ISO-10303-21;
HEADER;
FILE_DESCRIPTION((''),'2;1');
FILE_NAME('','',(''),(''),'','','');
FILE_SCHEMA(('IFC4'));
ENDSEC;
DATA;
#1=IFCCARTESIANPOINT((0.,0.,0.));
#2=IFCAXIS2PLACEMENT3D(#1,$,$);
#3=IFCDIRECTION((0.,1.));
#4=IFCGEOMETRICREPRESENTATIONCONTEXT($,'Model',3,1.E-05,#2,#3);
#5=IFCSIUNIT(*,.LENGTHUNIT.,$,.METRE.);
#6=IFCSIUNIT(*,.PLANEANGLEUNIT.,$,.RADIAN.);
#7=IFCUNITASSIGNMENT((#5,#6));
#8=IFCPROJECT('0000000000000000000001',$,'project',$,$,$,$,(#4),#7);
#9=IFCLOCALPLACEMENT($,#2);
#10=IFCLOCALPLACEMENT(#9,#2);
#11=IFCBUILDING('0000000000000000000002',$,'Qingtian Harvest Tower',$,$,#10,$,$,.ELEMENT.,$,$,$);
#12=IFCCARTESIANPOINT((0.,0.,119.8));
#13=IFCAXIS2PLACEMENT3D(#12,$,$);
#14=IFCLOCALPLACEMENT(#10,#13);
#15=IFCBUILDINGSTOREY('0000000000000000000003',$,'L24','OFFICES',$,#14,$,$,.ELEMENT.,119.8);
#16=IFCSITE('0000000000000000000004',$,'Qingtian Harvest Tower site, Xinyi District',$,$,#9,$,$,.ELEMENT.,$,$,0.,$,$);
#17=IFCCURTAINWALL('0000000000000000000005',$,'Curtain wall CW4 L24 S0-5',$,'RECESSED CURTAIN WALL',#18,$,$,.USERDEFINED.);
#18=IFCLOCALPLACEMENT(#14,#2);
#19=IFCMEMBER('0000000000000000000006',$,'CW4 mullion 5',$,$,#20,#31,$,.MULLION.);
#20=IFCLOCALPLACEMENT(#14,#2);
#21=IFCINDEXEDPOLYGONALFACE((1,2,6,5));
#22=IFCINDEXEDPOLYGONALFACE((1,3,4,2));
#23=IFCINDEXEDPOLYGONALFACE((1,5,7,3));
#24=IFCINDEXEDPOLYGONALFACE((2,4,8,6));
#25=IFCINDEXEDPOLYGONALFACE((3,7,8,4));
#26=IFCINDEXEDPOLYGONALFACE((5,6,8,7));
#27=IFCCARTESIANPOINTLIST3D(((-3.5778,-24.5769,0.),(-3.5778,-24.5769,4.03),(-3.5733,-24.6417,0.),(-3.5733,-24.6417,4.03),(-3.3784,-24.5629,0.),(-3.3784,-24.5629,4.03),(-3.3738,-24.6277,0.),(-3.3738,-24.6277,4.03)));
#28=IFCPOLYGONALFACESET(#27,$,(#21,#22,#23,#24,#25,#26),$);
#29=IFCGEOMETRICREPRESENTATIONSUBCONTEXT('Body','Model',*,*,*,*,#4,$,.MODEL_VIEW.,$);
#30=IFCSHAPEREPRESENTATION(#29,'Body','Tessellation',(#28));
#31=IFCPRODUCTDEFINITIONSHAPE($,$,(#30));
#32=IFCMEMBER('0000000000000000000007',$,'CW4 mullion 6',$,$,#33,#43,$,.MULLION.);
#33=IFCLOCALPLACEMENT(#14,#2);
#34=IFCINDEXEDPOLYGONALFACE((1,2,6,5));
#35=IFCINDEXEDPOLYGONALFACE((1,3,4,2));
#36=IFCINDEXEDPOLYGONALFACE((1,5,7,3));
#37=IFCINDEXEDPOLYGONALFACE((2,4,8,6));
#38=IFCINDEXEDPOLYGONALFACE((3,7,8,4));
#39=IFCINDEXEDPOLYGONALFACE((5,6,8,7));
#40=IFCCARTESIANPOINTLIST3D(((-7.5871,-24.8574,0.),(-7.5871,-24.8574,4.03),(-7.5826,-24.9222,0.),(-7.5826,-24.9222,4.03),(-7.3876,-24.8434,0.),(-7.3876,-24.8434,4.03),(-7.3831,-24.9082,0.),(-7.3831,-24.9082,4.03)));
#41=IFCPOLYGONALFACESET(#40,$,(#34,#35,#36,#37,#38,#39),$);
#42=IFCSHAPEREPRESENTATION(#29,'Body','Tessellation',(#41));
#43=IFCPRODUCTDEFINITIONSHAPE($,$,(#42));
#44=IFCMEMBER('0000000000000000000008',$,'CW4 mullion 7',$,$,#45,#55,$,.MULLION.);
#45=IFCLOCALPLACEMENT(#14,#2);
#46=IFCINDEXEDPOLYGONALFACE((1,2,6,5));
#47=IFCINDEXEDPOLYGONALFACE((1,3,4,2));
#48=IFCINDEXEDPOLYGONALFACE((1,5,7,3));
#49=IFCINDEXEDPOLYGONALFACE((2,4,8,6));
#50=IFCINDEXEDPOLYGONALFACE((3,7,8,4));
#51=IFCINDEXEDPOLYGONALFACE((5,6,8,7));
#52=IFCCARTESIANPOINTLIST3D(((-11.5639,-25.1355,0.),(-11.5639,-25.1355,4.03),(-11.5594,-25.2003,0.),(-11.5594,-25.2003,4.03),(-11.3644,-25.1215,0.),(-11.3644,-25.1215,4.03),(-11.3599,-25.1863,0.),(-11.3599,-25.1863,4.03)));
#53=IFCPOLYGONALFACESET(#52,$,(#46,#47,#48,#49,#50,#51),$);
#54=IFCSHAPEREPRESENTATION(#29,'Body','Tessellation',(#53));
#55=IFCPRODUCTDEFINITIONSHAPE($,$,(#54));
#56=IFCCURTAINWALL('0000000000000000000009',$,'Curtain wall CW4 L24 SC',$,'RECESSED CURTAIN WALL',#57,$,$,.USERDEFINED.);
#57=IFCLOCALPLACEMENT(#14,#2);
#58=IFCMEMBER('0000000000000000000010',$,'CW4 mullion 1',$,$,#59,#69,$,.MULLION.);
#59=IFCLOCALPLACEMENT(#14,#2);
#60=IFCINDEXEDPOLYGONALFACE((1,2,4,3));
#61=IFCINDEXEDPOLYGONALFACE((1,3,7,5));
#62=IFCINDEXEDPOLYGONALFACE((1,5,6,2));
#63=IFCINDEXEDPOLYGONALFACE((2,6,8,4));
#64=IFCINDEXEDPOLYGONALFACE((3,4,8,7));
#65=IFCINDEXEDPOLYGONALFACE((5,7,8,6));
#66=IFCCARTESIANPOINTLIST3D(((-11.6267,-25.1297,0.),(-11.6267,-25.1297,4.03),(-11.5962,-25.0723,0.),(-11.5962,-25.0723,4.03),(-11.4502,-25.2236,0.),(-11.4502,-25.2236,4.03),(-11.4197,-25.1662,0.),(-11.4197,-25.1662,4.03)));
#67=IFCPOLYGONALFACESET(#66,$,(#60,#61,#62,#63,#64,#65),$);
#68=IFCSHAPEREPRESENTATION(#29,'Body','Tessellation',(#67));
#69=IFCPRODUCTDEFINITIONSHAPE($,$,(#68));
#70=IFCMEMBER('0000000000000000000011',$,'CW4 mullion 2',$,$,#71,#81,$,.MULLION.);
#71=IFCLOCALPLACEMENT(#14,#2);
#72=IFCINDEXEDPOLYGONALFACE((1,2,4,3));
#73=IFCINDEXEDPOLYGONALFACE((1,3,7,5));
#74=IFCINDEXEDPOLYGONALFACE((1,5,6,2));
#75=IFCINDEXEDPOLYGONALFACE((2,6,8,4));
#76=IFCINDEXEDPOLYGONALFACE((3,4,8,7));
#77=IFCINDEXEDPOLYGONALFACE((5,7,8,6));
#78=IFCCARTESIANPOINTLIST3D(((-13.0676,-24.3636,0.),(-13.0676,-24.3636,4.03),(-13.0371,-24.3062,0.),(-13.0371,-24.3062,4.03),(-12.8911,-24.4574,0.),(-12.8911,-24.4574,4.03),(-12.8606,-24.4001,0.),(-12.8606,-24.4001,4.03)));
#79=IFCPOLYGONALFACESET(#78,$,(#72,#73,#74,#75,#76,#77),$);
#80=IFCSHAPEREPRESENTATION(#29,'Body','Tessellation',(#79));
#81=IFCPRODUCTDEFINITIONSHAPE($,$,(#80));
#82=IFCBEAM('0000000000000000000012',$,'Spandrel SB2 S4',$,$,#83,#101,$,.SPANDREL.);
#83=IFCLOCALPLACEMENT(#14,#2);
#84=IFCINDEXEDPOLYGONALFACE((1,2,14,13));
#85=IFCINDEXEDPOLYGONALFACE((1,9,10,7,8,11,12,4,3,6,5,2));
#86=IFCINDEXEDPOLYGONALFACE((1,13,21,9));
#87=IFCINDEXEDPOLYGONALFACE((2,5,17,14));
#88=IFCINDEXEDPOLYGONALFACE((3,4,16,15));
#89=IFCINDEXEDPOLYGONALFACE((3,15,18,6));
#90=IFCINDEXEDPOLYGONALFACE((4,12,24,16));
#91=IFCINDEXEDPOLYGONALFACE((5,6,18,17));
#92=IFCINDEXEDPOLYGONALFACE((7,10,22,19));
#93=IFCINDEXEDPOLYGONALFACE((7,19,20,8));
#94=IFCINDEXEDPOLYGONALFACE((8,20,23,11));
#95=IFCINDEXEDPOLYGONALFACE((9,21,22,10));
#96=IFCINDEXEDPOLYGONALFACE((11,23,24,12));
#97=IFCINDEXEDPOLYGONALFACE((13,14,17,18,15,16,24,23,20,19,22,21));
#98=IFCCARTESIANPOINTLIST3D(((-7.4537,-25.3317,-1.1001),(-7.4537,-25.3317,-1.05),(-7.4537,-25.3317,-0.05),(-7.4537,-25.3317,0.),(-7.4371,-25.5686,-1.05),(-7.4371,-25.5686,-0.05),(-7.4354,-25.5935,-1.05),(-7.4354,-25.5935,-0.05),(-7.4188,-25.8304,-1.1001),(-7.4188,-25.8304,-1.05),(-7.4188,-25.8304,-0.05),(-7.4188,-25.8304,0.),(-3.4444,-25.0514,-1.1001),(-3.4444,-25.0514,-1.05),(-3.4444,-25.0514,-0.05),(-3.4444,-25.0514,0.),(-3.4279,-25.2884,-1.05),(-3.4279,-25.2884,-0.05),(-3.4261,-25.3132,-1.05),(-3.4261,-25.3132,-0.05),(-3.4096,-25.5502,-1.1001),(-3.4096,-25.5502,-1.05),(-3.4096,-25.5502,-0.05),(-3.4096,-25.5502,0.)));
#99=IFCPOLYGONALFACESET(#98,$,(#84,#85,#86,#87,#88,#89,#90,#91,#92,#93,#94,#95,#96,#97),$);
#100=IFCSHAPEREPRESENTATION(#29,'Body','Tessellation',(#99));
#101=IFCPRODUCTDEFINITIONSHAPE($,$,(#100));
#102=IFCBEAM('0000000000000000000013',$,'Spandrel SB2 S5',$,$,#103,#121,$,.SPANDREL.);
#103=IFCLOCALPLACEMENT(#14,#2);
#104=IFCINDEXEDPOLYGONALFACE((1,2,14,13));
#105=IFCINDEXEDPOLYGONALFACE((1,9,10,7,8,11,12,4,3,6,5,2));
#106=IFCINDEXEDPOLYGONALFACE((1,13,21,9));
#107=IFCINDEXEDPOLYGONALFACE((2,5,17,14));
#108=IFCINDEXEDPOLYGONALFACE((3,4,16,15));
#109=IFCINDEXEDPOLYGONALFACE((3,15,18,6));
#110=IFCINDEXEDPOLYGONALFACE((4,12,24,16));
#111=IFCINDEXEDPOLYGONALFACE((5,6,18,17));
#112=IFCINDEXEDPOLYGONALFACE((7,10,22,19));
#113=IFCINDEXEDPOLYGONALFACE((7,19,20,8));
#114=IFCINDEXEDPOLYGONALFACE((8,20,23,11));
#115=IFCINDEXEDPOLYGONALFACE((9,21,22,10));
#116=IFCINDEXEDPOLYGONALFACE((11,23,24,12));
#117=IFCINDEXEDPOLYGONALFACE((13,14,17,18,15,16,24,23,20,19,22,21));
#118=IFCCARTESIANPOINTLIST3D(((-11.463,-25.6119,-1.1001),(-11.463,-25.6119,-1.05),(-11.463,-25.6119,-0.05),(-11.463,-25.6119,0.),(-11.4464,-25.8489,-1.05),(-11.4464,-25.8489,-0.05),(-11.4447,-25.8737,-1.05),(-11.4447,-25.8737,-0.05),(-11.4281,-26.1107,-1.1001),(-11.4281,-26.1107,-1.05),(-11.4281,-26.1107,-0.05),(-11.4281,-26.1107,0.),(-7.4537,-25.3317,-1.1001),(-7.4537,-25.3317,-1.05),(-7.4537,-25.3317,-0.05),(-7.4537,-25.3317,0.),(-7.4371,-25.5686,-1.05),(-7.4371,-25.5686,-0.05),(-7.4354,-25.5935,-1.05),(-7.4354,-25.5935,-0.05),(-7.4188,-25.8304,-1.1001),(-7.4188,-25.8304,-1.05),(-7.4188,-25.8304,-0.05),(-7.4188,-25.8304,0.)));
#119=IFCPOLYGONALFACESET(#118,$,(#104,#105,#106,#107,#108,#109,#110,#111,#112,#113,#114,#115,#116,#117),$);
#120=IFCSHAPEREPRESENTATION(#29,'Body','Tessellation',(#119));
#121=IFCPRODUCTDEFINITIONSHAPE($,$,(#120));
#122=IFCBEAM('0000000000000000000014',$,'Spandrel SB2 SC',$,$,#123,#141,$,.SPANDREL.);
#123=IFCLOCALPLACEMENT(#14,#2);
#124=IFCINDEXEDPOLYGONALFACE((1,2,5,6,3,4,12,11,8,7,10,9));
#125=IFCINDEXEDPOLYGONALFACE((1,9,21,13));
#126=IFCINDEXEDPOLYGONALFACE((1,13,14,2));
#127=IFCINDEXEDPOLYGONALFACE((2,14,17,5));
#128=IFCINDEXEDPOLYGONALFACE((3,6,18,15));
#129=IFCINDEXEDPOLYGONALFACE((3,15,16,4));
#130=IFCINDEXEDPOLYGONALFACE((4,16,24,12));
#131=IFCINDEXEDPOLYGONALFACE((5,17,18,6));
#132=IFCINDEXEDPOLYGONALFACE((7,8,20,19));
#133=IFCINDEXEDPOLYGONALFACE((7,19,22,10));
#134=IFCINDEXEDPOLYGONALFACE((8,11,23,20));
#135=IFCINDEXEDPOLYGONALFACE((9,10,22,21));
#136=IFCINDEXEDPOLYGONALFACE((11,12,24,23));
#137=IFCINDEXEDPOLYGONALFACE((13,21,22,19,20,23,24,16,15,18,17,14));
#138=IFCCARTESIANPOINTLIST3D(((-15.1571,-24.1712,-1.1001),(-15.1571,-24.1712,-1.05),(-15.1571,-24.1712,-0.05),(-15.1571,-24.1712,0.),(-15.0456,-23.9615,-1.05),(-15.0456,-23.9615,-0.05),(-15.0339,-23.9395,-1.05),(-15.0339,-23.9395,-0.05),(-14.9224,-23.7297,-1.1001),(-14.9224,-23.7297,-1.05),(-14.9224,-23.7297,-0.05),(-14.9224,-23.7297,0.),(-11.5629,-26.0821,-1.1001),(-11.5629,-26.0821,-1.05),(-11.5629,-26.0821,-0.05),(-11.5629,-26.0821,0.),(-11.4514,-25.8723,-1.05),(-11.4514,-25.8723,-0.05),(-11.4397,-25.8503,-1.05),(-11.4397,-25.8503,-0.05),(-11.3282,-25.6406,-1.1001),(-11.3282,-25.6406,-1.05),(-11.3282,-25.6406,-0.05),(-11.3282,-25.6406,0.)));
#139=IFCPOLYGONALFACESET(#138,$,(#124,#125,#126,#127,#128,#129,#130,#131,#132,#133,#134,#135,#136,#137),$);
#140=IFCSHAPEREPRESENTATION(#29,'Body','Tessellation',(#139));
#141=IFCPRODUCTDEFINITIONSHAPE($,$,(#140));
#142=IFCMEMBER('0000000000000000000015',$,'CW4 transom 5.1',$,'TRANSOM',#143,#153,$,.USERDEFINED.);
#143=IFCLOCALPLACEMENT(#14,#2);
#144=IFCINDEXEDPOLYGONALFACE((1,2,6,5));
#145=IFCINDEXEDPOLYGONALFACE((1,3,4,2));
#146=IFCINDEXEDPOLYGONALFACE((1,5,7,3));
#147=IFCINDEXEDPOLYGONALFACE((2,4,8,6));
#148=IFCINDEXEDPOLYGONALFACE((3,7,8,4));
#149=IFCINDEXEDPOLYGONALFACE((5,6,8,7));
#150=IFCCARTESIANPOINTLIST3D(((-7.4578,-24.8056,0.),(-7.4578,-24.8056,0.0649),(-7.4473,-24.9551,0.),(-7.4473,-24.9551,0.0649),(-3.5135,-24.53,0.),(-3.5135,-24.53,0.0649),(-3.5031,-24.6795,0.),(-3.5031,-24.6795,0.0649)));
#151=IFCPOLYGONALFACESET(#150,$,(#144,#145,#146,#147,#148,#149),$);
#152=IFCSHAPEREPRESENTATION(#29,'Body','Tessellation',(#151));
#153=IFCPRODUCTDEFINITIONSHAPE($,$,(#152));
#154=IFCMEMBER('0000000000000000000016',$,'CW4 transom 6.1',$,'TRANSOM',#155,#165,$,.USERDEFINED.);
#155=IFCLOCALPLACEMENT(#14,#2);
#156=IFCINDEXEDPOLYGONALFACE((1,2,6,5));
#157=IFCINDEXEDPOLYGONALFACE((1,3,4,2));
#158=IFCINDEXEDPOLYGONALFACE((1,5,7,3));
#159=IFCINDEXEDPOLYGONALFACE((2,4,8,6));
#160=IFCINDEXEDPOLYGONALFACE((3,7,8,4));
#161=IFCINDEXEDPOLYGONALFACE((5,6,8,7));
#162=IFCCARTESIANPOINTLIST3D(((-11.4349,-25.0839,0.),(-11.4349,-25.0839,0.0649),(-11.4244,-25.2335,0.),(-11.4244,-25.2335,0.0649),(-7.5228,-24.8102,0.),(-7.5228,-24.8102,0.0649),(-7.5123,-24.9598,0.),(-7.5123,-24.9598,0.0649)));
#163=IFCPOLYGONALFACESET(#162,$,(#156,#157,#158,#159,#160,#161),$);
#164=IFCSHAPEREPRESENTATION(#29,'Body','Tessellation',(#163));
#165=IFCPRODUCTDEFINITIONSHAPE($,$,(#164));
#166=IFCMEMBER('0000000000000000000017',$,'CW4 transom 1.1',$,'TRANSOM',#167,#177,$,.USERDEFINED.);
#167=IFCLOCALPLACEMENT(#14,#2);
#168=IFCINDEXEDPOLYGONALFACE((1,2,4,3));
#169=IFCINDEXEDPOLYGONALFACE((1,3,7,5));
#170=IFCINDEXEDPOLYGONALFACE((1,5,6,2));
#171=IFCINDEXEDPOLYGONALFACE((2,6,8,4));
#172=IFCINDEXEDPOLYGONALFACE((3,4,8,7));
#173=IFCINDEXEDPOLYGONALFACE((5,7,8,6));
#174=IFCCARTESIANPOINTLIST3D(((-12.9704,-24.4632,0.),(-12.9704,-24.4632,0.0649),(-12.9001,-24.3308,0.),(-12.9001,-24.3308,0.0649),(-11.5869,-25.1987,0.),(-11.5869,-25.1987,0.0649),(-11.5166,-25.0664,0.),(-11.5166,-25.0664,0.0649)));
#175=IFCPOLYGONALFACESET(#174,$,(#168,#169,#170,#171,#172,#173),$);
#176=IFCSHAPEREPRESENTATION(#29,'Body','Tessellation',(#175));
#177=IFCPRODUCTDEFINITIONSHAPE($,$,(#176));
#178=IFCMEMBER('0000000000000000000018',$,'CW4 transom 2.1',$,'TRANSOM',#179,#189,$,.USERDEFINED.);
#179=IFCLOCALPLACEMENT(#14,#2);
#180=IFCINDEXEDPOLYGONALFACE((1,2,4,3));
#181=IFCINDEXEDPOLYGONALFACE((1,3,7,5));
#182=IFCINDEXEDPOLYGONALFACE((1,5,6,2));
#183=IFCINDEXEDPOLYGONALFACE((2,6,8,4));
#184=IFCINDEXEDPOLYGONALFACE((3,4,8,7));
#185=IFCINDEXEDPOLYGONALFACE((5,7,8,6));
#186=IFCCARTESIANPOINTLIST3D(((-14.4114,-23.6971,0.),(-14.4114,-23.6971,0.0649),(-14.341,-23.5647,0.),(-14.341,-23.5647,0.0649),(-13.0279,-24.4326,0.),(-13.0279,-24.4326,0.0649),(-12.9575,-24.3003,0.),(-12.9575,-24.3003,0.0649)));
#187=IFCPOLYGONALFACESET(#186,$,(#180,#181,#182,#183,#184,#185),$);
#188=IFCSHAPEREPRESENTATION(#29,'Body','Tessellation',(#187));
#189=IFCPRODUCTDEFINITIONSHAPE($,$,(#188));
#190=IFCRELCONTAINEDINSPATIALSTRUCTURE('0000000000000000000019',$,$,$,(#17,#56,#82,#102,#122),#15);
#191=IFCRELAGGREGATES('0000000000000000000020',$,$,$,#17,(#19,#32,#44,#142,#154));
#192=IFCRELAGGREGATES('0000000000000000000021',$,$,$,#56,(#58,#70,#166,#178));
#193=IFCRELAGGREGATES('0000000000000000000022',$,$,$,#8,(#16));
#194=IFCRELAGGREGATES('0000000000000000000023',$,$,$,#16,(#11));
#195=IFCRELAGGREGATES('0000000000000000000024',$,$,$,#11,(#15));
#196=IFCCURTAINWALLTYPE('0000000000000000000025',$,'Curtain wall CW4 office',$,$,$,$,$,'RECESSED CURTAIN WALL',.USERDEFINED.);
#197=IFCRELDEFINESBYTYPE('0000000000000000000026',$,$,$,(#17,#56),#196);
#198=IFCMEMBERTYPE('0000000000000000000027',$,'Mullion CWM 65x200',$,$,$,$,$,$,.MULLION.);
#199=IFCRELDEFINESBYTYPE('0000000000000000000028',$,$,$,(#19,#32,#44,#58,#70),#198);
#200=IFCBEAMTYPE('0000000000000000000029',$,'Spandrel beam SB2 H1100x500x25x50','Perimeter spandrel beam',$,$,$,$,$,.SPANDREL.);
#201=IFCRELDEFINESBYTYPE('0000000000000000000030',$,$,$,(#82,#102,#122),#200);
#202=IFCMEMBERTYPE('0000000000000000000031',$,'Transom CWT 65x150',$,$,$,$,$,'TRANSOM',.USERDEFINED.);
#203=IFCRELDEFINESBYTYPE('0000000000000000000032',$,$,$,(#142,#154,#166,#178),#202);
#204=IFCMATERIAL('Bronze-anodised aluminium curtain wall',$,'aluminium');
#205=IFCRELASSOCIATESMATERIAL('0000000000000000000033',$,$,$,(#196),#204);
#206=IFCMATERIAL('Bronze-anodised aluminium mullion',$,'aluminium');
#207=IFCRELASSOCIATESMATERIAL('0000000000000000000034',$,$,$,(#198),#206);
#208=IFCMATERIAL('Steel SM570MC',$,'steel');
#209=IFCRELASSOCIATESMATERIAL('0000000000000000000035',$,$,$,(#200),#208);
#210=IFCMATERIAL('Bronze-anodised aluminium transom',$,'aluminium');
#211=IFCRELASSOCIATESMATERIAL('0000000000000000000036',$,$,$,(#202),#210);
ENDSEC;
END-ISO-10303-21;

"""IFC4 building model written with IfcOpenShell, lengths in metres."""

from ifc_helpers import new_model, si_unit, direction, frame, origin, origin_2d, place, context, subcontext, project, spatial, rectangle, i_section, extrude, material, material_profile, profile_set, type_object, element, aggregate, save


model = new_model("IFC4")

# Units and contexts
model_context = context("Model", 3, precision=1e-05, world=origin(), true_north=direction((0.0, 1.0)))
body_context = subcontext(model_context, "Body", "Model", "MODEL_VIEW")
ifc_project = project(units=[si_unit("LENGTHUNIT", "METRE"), si_unit("PLANEANGLEUNIT", "RADIAN")], contexts=[model_context])

# Site, building, storey
site_placement = place(None, origin())
site = spatial("IfcSite", under=ifc_project, at=site_placement, Name="Qingtian Harvest Tower site, Xinyi District", CompositionType="ELEMENT", RefElevation=0.0)
building_placement = place(site_placement, origin())
building = spatial("IfcBuilding", under=site, at=building_placement, Name="Qingtian Harvest Tower", CompositionType="ELEMENT")
storey_placement = place(building_placement, frame((0.0, 0.0, 119.8)))
storey = spatial("IfcBuildingStorey", under=building, at=storey_placement, Name="L24", Description="OFFICES", CompositionType="ELEMENT", Elevation=119.8)

# Curtain walls, members
ifc_material_1 = material(Name="Bronze-anodised aluminium curtain wall", Category="aluminium")
curtain_wall_type = type_object("IfcCurtainWallType", Name="Curtain wall CW4 office", ElementType="RECESSED CURTAIN WALL", PredefinedType="USERDEFINED", material=ifc_material_1)
curtain_wall_1_placement = place(storey_placement, origin())
curtain_wall_1 = element("IfcCurtainWall", 1, at=curtain_wall_1_placement, inside=storey, type_object=curtain_wall_type, Name="Curtain wall CW4 L24 S0-5", ObjectType="RECESSED CURTAIN WALL", PredefinedType="USERDEFINED")
ifc_material_2 = material(Name="Bronze-anodised aluminium mullion", Category="aluminium")
ifc_material_profile_1 = material_profile(ifc_material_2, rectangle(XDim=0.0649, YDim=0.2, at=origin_2d()), Name="AL 65x200")
ifc_profile_set_1 = profile_set([ifc_material_profile_1], Name="Bronze-anodised aluminium mullion")
member_type_1 = type_object("IfcMemberType", Name="Mullion CWM 65x200", PredefinedType="MULLION", material=ifc_profile_set_1)
member_1_placement = place(storey_placement, frame((-3.4758, -24.6023, 0.0), z_axis=(0.0, 0.0, 1.0), x_axis=(0.069756, -0.997564, 0.0)))
member_1 = element("IfcMember", 2, at=member_1_placement, type_object=member_type_1, Name="CW4 mullion 5", PredefinedType="MULLION", context=body_context, shape_type="SweptSolid", body=[
    extrude(rectangle(XDim=0.0649, YDim=0.2, at=origin_2d()), origin(), (0.0, 0.0, 1.0), 4.03),
])
member_2_placement = place(storey_placement, frame((-7.4851, -24.8828, 0.0), z_axis=(0.0, 0.0, 1.0), x_axis=(0.069756, -0.997564, 0.0)))
member_2 = element("IfcMember", 3, at=member_2_placement, type_object=member_type_1, Name="CW4 mullion 6", PredefinedType="MULLION", context=body_context, shape_type="SweptSolid", body=[
    extrude(rectangle(XDim=0.0649, YDim=0.2, at=origin_2d()), origin(), (0.0, 0.0, 1.0), 4.03),
])
member_3_placement = place(storey_placement, frame((-11.4619, -25.1609, 0.0), z_axis=(0.0, 0.0, 1.0), x_axis=(0.069756, -0.997564, 0.0)))
member_3 = element("IfcMember", 4, at=member_3_placement, type_object=member_type_1, Name="CW4 mullion 7", PredefinedType="MULLION", context=body_context, shape_type="SweptSolid", body=[
    extrude(rectangle(XDim=0.0649, YDim=0.2, at=origin_2d()), origin(), (0.0, 0.0, 1.0), 4.03),
])
curtain_wall_2_placement = place(storey_placement, origin())
curtain_wall_2 = element("IfcCurtainWall", 5, at=curtain_wall_2_placement, inside=storey, type_object=curtain_wall_type, Name="Curtain wall CW4 L24 SC", ObjectType="RECESSED CURTAIN WALL", PredefinedType="USERDEFINED")
member_4_placement = place(storey_placement, frame((-11.5232, -25.1479, 0.0), z_axis=(0.0, 0.0, 1.0), x_axis=(-0.469472, -0.882948, 0.0)))
member_4 = element("IfcMember", 6, at=member_4_placement, type_object=member_type_1, Name="CW4 mullion 1", PredefinedType="MULLION", context=body_context, shape_type="SweptSolid", body=[
    extrude(rectangle(XDim=0.0649, YDim=0.2, at=origin_2d()), origin(), (0.0, 0.0, 1.0), 4.03),
])
member_5_placement = place(storey_placement, frame((-12.9641, -24.3818, 0.0), z_axis=(0.0, 0.0, 1.0), x_axis=(-0.469472, -0.882948, 0.0)))
member_5 = element("IfcMember", 7, at=member_5_placement, type_object=member_type_1, Name="CW4 mullion 2", PredefinedType="MULLION", context=body_context, shape_type="SweptSolid", body=[
    extrude(rectangle(XDim=0.0649, YDim=0.2, at=origin_2d()), origin(), (0.0, 0.0, 1.0), 4.03),
])

# Beams
ifc_material_3 = material(Name="Steel SM570MC", Category="steel")
ifc_material_profile_2 = material_profile(ifc_material_3, i_section(OverallWidth=0.5, OverallDepth=1.1001, WebThickness=0.0249, FlangeThickness=0.05, at=origin_2d()), Name="H1100x500x25x50")
ifc_profile_set_2 = profile_set([ifc_material_profile_2], Name="Steel SM570MC")
beam_type_1 = type_object("IfcBeamType", Name="Spandrel beam SB2 H1100x500x25x50", Description="Perimeter spandrel beam", PredefinedType="SPANDREL", material=ifc_profile_set_2)
for number, where, z_axis, x_axis, name in (
    (8, (-3.427, -25.3008, -0.55), (-0.997565, -0.069736, 0.0), (0.069736, -0.997565, 0.0), "Spandrel SB2 S4"),
    (9, (-7.4363, -25.5811, -0.55), (-0.997565, -0.069736, 0.0), (0.069736, -0.997565, 0.0), "Spandrel SB2 S5"),
):
    element("IfcBeam", number, at=place(storey_placement, frame(where, z_axis=z_axis, x_axis=x_axis)), inside=storey, type_object=beam_type_1, Name=name, PredefinedType="SPANDREL", context=body_context, shape_type="SweptSolid", body=[
        extrude(i_section(OverallWidth=0.5, OverallDepth=1.1001, WebThickness=0.0249, FlangeThickness=0.05, at=origin_2d()), origin(), (0.0, 0.0, 1.0), 4.019),
    ])
beam_1_placement = place(storey_placement, frame((-11.4456, -25.8613, -0.55), z_axis=(-0.882968, 0.469433, 0.0), x_axis=(-0.469433, -0.882968, 0.0)))
element("IfcBeam", 10, at=beam_1_placement, inside=storey, type_object=beam_type_1, Name="Spandrel SB2 SC", PredefinedType="SPANDREL", context=body_context, shape_type="SweptSolid", body=[
    extrude(i_section(OverallWidth=0.5, OverallDepth=1.1001, WebThickness=0.0249, FlangeThickness=0.05, at=origin_2d()), origin(), (0.0, 0.0, 1.0), 4.0706),
])

# Members
ifc_material_4 = material(Name="Bronze-anodised aluminium transom", Category="aluminium")
ifc_material_profile_3 = material_profile(ifc_material_4, rectangle(XDim=0.1499, YDim=0.0649, at=origin_2d()), Name="AL 65x150")
ifc_profile_set_3 = profile_set([ifc_material_profile_3], Name="Bronze-anodised aluminium transom")
member_type_2 = type_object("IfcMemberType", Name="Transom CWT 65x150", ElementType="TRANSOM", PredefinedType="USERDEFINED", material=ifc_profile_set_3)
member_6_placement = place(storey_placement, frame((-3.5083, -24.6047, 0.0325), z_axis=(-0.997567, -0.069711, 0.0), x_axis=(0.069711, -0.997567, 0.0)))
member_6 = element("IfcMember", 11, at=member_6_placement, type_object=member_type_2, Name="CW4 transom 5.1", ObjectType="TRANSOM", PredefinedType="USERDEFINED", context=body_context, shape_type="SweptSolid", body=[
    extrude(rectangle(XDim=0.1499, YDim=0.0649, at=origin_2d()), origin(), (0.0, 0.0, 1.0), 3.9539),
])
member_7_placement = place(storey_placement, frame((-7.5176, -24.885, 0.0325), z_axis=(-0.997562, -0.069787, 0.0), x_axis=(0.069787, -0.997562, 0.0)))
member_7 = element("IfcMember", 12, at=member_7_placement, type_object=member_type_2, Name="CW4 transom 6.1", ObjectType="TRANSOM", PredefinedType="USERDEFINED", context=body_context, shape_type="SweptSolid", body=[
    extrude(rectangle(XDim=0.1499, YDim=0.0649, at=origin_2d()), origin(), (0.0, 0.0, 1.0), 3.9216),
])
member_8_placement = place(storey_placement, frame((-11.5518, -25.1326, 0.0325), z_axis=(-0.88296, 0.469448, 0.0), x_axis=(-0.469448, -0.88296, 0.0)))
member_8 = element("IfcMember", 13, at=member_8_placement, type_object=member_type_2, Name="CW4 transom 1.1", ObjectType="TRANSOM", PredefinedType="USERDEFINED", context=body_context, shape_type="SweptSolid", body=[
    extrude(rectangle(XDim=0.1499, YDim=0.0649, at=origin_2d()), origin(), (0.0, 0.0, 1.0), 1.5669),
])
member_9_placement = place(storey_placement, frame((-12.9927, -24.3665, 0.0325), z_axis=(-0.88296, 0.469448, 0.0), x_axis=(-0.469448, -0.88296, 0.0)))
member_9 = element("IfcMember", 14, at=member_9_placement, type_object=member_type_2, Name="CW4 transom 2.1", ObjectType="TRANSOM", PredefinedType="USERDEFINED", context=body_context, shape_type="SweptSolid", body=[
    extrude(rectangle(XDim=0.1499, YDim=0.0649, at=origin_2d()), origin(), (0.0, 0.0, 1.0), 1.5669),
])

aggregate(curtain_wall_1, [member_1, member_2, member_3, member_6, member_7])
aggregate(curtain_wall_2, [member_4, member_5, member_8, member_9])

save(model, "model.ifc")
